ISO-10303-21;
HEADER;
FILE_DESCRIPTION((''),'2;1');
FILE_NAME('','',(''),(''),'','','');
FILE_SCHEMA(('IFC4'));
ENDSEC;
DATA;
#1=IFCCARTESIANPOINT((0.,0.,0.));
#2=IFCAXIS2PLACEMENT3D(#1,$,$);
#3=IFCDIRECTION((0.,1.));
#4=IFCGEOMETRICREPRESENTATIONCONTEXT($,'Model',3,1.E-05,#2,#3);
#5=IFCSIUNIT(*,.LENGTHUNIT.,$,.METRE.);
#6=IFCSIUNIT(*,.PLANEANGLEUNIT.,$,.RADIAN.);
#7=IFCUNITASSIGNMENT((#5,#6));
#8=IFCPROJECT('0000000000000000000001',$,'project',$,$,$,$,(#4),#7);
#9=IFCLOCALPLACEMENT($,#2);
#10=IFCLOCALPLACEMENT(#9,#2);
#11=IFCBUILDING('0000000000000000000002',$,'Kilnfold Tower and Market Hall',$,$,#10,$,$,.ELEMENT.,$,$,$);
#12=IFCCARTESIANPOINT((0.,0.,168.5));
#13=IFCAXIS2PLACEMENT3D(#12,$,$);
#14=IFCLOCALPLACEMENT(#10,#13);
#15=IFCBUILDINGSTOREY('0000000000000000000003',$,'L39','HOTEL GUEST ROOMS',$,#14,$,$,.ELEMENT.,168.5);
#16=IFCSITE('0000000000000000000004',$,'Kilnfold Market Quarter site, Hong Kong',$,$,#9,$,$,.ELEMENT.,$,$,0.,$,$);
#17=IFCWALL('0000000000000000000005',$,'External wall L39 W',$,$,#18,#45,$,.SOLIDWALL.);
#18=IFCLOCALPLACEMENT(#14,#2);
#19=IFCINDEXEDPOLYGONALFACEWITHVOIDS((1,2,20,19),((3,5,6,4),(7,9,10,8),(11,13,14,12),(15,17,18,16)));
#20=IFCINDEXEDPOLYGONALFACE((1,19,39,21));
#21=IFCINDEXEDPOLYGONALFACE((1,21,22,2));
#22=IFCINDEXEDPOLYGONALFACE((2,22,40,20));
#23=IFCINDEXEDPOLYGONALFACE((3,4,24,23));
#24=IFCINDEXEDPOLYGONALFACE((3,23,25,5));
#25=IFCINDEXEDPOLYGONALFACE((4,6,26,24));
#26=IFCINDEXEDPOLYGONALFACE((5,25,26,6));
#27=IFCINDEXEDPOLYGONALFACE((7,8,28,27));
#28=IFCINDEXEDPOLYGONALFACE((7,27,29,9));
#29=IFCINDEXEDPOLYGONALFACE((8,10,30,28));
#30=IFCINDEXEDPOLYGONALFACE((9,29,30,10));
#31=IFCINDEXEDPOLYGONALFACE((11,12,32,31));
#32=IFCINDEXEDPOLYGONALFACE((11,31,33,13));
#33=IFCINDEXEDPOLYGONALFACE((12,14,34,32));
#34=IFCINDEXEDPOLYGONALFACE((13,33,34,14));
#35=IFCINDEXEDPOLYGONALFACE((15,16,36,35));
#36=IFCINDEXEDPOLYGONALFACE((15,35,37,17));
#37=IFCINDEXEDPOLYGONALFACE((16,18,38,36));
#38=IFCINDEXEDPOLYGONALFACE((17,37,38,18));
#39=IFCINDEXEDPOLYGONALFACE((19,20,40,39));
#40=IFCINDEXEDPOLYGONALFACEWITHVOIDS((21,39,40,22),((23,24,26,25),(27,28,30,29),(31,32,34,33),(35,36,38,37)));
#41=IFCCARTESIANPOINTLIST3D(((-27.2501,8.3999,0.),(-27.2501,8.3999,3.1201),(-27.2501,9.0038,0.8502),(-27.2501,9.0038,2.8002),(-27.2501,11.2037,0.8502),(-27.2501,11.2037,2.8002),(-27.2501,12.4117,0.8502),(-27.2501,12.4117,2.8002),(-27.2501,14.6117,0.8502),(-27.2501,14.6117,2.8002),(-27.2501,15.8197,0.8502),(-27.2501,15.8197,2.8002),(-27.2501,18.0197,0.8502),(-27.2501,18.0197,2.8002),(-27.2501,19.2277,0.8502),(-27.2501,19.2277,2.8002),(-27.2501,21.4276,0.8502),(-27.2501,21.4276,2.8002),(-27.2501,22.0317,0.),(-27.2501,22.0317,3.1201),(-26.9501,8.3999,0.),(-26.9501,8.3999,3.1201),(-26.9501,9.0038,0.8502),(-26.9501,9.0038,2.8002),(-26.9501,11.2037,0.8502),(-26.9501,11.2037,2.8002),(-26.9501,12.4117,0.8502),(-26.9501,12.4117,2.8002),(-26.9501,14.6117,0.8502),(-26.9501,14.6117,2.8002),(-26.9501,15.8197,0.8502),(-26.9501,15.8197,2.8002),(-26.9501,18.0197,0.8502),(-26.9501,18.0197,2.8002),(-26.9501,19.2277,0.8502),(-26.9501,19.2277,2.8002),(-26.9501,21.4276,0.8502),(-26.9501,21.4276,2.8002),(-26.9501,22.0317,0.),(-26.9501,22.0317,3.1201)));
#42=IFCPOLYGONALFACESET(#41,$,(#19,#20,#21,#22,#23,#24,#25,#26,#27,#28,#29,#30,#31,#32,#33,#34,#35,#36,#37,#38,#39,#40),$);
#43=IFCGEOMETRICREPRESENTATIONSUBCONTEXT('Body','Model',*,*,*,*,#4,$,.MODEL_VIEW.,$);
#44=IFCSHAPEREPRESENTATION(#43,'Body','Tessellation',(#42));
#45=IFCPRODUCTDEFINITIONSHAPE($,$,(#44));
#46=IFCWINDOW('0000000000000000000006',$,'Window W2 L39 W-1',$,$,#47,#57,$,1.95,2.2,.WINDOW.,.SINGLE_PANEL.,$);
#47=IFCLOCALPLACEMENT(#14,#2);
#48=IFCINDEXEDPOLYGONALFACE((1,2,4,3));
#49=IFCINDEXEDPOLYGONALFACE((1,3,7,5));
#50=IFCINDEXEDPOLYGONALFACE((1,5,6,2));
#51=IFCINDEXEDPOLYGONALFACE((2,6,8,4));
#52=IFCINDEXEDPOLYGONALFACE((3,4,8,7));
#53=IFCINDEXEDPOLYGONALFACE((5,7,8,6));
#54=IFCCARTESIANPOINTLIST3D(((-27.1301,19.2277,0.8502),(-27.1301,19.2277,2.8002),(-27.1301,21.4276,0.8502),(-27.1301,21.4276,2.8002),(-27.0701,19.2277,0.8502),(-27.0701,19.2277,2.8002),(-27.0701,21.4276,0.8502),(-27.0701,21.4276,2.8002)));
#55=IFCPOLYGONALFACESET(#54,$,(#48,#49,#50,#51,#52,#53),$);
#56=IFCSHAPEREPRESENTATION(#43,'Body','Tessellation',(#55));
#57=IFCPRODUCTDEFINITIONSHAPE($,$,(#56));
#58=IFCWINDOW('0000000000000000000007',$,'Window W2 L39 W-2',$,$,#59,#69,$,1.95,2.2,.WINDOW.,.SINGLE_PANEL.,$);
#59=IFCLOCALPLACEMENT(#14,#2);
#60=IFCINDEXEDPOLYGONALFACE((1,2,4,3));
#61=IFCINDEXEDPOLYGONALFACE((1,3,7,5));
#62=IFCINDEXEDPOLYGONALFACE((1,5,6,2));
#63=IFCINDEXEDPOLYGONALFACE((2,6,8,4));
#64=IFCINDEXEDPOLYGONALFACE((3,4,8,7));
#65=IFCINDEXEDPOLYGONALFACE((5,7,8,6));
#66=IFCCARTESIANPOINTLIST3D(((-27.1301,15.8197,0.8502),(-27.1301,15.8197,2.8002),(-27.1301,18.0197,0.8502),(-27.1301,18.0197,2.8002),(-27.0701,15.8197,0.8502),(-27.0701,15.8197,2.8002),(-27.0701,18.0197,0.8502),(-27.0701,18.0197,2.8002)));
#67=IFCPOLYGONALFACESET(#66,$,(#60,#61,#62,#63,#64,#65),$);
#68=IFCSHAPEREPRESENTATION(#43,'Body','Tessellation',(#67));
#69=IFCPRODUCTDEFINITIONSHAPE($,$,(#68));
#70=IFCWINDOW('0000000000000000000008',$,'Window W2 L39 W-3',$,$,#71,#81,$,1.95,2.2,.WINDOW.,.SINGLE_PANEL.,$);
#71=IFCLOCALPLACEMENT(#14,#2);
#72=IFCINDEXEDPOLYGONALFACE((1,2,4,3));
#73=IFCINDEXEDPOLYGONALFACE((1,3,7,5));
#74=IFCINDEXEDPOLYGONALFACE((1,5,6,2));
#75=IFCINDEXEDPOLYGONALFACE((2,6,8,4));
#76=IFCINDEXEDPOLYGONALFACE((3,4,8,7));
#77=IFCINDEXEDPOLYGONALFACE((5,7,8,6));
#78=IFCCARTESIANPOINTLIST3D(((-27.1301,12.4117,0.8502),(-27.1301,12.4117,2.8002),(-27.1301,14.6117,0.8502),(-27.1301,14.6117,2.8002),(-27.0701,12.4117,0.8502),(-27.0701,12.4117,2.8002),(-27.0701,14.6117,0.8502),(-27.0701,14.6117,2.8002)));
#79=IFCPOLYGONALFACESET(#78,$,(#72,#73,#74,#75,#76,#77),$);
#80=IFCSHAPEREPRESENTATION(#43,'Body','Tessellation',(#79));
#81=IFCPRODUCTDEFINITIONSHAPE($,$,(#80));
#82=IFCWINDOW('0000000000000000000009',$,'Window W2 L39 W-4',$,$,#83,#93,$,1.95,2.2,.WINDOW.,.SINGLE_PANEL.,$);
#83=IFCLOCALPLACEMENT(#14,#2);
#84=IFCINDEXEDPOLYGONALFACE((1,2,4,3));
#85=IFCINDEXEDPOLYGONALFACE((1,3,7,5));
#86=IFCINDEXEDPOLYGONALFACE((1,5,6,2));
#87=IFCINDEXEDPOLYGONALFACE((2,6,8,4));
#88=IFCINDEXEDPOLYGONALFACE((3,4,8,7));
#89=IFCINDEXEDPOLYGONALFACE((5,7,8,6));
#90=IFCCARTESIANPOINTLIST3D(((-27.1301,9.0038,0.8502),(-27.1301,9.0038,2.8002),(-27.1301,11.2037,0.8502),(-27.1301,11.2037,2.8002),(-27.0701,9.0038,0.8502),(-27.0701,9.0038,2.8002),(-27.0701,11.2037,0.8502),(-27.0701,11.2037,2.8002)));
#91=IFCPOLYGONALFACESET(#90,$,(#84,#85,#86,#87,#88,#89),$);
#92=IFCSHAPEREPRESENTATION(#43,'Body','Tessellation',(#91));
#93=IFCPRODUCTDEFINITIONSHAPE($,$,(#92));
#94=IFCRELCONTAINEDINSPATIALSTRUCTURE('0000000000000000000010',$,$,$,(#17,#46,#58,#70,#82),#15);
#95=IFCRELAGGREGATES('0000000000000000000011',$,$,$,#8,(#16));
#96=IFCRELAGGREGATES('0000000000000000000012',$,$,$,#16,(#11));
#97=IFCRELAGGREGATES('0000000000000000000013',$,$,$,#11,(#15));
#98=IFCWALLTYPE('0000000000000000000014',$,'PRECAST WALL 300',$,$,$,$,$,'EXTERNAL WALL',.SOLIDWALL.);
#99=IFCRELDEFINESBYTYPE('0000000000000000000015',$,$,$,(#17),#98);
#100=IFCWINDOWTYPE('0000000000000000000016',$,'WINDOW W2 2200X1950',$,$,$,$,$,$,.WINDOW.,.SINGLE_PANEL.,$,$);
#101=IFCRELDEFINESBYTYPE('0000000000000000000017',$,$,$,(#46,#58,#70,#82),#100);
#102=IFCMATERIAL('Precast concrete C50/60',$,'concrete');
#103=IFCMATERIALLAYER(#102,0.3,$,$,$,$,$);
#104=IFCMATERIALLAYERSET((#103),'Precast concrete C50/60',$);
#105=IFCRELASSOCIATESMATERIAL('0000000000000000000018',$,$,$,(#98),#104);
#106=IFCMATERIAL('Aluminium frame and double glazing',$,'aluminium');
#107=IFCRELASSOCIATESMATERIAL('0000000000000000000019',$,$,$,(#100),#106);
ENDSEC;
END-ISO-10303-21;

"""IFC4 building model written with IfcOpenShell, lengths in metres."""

from ifc_helpers import new_model, si_unit, direction, frame, frame_2d, origin, place, context, subcontext, project, spatial, rectangle, extrude, source, transform, mapped, material, layer, layer_set, type_object, element, fill, save


model = new_model("IFC4")

# Units and contexts
model_context = context("Model", 3, precision=1e-05, world=origin(), true_north=direction((0.0, 1.0)))
body_context = subcontext(model_context, "Body", "Model", "MODEL_VIEW")
ifc_project = project(units=[si_unit("LENGTHUNIT", "METRE"), si_unit("PLANEANGLEUNIT", "RADIAN")], contexts=[model_context])

# Site, building, storey
site_placement = place(None, origin())
site = spatial("IfcSite", under=ifc_project, at=site_placement, Name="Kilnfold Market Quarter site, Hong Kong", CompositionType="ELEMENT", RefElevation=0.0)
building_placement = place(site_placement, origin())
building = spatial("IfcBuilding", under=site, at=building_placement, Name="Kilnfold Tower and Market Hall", CompositionType="ELEMENT")
storey_placement = place(building_placement, frame((0.0, 0.0, 168.5)))
storey = spatial("IfcBuildingStorey", under=building, at=storey_placement, Name="L39", Description="HOTEL GUEST ROOMS", CompositionType="ELEMENT", Elevation=168.5)

# Shared definitions
ifc_material_1 = material(Name="Precast concrete C50/60", Category="concrete")
ifc_layer_1 = layer(ifc_material_1, 0.3)
ifc_layer_set_1 = layer_set([ifc_layer_1], Name="Precast concrete C50/60")
wall_type_1 = type_object("IfcWallType", Name="PRECAST WALL 300", ElementType="EXTERNAL WALL", PredefinedType="SOLIDWALL", material=ifc_layer_set_1)

# Wall, openings, windows
shared_shape_1 = source(origin(), body_context, "Body", "SweptSolid", [
    extrude(rectangle(XDim=13.6318, YDim=0.3, at=frame_2d((6.8159, 0.0))), origin(), (0.0, 0.0, 1.0), 3.1201),
])
wall_1_placement = place(storey_placement, frame((-27.1001, 22.0317, 0.0), z_axis=(0.0, 0.0, 1.0), x_axis=(0.0, -1.0, 0.0)))
wall_1 = element("IfcWall", 1, at=wall_1_placement, inside=storey, type_object=wall_type_1, Name="External wall L39 W", PredefinedType="SOLIDWALL", context=body_context, shape_type="MappedRepresentation", body=[
    mapped(shared_shape_1, transform((0.0, 0.0, 0.0))),
])
opening_1_placement = place(wall_1_placement, frame((0.604, 0.0, 0.8501)))
opening_1 = element("IfcOpeningElement", 2, at=opening_1_placement, cuts=wall_1, PredefinedType="OPENING", context=body_context, shape_type="SweptSolid", body=[
    extrude(rectangle(XDim=2.2, YDim=1.95, at=frame_2d((1.1001, 0.9751))), frame((0.0, 0.1602, 0.0), z_axis=(0.0, -1.0, 0.0), x_axis=(1.0, 0.0, 0.0)), (0.0, 0.0, 1.0), 0.3201),
])
opening_2_placement = place(wall_1_placement, frame((4.012, 0.0, 0.8501)))
opening_2 = element("IfcOpeningElement", 3, at=opening_2_placement, cuts=wall_1, PredefinedType="OPENING", context=body_context, shape_type="SweptSolid", body=[
    extrude(rectangle(XDim=2.2, YDim=1.95, at=frame_2d((1.1001, 0.9751))), frame((0.0, 0.1602, 0.0), z_axis=(0.0, -1.0, 0.0), x_axis=(1.0, 0.0, 0.0)), (0.0, 0.0, 1.0), 0.3201),
])
opening_3_placement = place(wall_1_placement, frame((7.4199, 0.0, 0.8501)))
opening_3 = element("IfcOpeningElement", 4, at=opening_3_placement, cuts=wall_1, PredefinedType="OPENING", context=body_context, shape_type="SweptSolid", body=[
    extrude(rectangle(XDim=2.2, YDim=1.95, at=frame_2d((1.1001, 0.9751))), frame((0.0, 0.1602, 0.0), z_axis=(0.0, -1.0, 0.0), x_axis=(1.0, 0.0, 0.0)), (0.0, 0.0, 1.0), 0.3201),
])
opening_4_placement = place(wall_1_placement, frame((10.8279, 0.0, 0.8501)))
opening_4 = element("IfcOpeningElement", 5, at=opening_4_placement, cuts=wall_1, PredefinedType="OPENING", context=body_context, shape_type="SweptSolid", body=[
    extrude(rectangle(XDim=2.2, YDim=1.95, at=frame_2d((1.1001, 0.9751))), frame((0.0, 0.1602, 0.0), z_axis=(0.0, -1.0, 0.0), x_axis=(1.0, 0.0, 0.0)), (0.0, 0.0, 1.0), 0.3201),
])
ifc_material_2 = material(Name="Aluminium frame and double glazing", Category="aluminium")
window_type = type_object("IfcWindowType", Name="WINDOW W2 2200X1950", PartitioningType="SINGLE_PANEL", PredefinedType="WINDOW", material=ifc_material_2)
window_1_placement = place(opening_1_placement, origin())
window_1 = element("IfcWindow", 6, at=window_1_placement, inside=storey, type_object=window_type, Name="Window W2 L39 W-1", OverallHeight=1.95, OverallWidth=2.2, PartitioningType="SINGLE_PANEL", PredefinedType="WINDOW", context=body_context, shape_type="SweptSolid", body=[
    extrude(rectangle(XDim=2.2, YDim=1.95, at=frame_2d((1.1001, 0.9751))), frame((0.0, 0.03, 0.0), z_axis=(0.0, -1.0, 0.0), x_axis=(1.0, 0.0, 0.0)), (0.0, 0.0, 1.0), 0.0601),
])
fill(opening_1, window_1)
window_2_placement = place(opening_2_placement, origin())
window_2 = element("IfcWindow", 7, at=window_2_placement, inside=storey, type_object=window_type, Name="Window W2 L39 W-2", OverallHeight=1.95, OverallWidth=2.2, PartitioningType="SINGLE_PANEL", PredefinedType="WINDOW", context=body_context, shape_type="SweptSolid", body=[
    extrude(rectangle(XDim=2.2, YDim=1.95, at=frame_2d((1.1001, 0.9751))), frame((0.0, 0.03, 0.0), z_axis=(0.0, -1.0, 0.0), x_axis=(1.0, 0.0, 0.0)), (0.0, 0.0, 1.0), 0.0601),
])
fill(opening_2, window_2)
window_3_placement = place(opening_3_placement, origin())
window_3 = element("IfcWindow", 8, at=window_3_placement, inside=storey, type_object=window_type, Name="Window W2 L39 W-3", OverallHeight=1.95, OverallWidth=2.2, PartitioningType="SINGLE_PANEL", PredefinedType="WINDOW", context=body_context, shape_type="SweptSolid", body=[
    extrude(rectangle(XDim=2.2, YDim=1.95, at=frame_2d((1.1001, 0.9751))), frame((0.0, 0.03, 0.0), z_axis=(0.0, -1.0, 0.0), x_axis=(1.0, 0.0, 0.0)), (0.0, 0.0, 1.0), 0.0601),
])
fill(opening_3, window_3)
window_4_placement = place(opening_4_placement, origin())
window_4 = element("IfcWindow", 9, at=window_4_placement, inside=storey, type_object=window_type, Name="Window W2 L39 W-4", OverallHeight=1.95, OverallWidth=2.2, PartitioningType="SINGLE_PANEL", PredefinedType="WINDOW", context=body_context, shape_type="SweptSolid", body=[
    extrude(rectangle(XDim=2.2, YDim=1.95, at=frame_2d((1.1001, 0.9751))), frame((0.0, 0.03, 0.0), z_axis=(0.0, -1.0, 0.0), x_axis=(1.0, 0.0, 0.0)), (0.0, 0.0, 1.0), 0.0601),
])
fill(opening_4, window_4)

save(model, "model.ifc")
